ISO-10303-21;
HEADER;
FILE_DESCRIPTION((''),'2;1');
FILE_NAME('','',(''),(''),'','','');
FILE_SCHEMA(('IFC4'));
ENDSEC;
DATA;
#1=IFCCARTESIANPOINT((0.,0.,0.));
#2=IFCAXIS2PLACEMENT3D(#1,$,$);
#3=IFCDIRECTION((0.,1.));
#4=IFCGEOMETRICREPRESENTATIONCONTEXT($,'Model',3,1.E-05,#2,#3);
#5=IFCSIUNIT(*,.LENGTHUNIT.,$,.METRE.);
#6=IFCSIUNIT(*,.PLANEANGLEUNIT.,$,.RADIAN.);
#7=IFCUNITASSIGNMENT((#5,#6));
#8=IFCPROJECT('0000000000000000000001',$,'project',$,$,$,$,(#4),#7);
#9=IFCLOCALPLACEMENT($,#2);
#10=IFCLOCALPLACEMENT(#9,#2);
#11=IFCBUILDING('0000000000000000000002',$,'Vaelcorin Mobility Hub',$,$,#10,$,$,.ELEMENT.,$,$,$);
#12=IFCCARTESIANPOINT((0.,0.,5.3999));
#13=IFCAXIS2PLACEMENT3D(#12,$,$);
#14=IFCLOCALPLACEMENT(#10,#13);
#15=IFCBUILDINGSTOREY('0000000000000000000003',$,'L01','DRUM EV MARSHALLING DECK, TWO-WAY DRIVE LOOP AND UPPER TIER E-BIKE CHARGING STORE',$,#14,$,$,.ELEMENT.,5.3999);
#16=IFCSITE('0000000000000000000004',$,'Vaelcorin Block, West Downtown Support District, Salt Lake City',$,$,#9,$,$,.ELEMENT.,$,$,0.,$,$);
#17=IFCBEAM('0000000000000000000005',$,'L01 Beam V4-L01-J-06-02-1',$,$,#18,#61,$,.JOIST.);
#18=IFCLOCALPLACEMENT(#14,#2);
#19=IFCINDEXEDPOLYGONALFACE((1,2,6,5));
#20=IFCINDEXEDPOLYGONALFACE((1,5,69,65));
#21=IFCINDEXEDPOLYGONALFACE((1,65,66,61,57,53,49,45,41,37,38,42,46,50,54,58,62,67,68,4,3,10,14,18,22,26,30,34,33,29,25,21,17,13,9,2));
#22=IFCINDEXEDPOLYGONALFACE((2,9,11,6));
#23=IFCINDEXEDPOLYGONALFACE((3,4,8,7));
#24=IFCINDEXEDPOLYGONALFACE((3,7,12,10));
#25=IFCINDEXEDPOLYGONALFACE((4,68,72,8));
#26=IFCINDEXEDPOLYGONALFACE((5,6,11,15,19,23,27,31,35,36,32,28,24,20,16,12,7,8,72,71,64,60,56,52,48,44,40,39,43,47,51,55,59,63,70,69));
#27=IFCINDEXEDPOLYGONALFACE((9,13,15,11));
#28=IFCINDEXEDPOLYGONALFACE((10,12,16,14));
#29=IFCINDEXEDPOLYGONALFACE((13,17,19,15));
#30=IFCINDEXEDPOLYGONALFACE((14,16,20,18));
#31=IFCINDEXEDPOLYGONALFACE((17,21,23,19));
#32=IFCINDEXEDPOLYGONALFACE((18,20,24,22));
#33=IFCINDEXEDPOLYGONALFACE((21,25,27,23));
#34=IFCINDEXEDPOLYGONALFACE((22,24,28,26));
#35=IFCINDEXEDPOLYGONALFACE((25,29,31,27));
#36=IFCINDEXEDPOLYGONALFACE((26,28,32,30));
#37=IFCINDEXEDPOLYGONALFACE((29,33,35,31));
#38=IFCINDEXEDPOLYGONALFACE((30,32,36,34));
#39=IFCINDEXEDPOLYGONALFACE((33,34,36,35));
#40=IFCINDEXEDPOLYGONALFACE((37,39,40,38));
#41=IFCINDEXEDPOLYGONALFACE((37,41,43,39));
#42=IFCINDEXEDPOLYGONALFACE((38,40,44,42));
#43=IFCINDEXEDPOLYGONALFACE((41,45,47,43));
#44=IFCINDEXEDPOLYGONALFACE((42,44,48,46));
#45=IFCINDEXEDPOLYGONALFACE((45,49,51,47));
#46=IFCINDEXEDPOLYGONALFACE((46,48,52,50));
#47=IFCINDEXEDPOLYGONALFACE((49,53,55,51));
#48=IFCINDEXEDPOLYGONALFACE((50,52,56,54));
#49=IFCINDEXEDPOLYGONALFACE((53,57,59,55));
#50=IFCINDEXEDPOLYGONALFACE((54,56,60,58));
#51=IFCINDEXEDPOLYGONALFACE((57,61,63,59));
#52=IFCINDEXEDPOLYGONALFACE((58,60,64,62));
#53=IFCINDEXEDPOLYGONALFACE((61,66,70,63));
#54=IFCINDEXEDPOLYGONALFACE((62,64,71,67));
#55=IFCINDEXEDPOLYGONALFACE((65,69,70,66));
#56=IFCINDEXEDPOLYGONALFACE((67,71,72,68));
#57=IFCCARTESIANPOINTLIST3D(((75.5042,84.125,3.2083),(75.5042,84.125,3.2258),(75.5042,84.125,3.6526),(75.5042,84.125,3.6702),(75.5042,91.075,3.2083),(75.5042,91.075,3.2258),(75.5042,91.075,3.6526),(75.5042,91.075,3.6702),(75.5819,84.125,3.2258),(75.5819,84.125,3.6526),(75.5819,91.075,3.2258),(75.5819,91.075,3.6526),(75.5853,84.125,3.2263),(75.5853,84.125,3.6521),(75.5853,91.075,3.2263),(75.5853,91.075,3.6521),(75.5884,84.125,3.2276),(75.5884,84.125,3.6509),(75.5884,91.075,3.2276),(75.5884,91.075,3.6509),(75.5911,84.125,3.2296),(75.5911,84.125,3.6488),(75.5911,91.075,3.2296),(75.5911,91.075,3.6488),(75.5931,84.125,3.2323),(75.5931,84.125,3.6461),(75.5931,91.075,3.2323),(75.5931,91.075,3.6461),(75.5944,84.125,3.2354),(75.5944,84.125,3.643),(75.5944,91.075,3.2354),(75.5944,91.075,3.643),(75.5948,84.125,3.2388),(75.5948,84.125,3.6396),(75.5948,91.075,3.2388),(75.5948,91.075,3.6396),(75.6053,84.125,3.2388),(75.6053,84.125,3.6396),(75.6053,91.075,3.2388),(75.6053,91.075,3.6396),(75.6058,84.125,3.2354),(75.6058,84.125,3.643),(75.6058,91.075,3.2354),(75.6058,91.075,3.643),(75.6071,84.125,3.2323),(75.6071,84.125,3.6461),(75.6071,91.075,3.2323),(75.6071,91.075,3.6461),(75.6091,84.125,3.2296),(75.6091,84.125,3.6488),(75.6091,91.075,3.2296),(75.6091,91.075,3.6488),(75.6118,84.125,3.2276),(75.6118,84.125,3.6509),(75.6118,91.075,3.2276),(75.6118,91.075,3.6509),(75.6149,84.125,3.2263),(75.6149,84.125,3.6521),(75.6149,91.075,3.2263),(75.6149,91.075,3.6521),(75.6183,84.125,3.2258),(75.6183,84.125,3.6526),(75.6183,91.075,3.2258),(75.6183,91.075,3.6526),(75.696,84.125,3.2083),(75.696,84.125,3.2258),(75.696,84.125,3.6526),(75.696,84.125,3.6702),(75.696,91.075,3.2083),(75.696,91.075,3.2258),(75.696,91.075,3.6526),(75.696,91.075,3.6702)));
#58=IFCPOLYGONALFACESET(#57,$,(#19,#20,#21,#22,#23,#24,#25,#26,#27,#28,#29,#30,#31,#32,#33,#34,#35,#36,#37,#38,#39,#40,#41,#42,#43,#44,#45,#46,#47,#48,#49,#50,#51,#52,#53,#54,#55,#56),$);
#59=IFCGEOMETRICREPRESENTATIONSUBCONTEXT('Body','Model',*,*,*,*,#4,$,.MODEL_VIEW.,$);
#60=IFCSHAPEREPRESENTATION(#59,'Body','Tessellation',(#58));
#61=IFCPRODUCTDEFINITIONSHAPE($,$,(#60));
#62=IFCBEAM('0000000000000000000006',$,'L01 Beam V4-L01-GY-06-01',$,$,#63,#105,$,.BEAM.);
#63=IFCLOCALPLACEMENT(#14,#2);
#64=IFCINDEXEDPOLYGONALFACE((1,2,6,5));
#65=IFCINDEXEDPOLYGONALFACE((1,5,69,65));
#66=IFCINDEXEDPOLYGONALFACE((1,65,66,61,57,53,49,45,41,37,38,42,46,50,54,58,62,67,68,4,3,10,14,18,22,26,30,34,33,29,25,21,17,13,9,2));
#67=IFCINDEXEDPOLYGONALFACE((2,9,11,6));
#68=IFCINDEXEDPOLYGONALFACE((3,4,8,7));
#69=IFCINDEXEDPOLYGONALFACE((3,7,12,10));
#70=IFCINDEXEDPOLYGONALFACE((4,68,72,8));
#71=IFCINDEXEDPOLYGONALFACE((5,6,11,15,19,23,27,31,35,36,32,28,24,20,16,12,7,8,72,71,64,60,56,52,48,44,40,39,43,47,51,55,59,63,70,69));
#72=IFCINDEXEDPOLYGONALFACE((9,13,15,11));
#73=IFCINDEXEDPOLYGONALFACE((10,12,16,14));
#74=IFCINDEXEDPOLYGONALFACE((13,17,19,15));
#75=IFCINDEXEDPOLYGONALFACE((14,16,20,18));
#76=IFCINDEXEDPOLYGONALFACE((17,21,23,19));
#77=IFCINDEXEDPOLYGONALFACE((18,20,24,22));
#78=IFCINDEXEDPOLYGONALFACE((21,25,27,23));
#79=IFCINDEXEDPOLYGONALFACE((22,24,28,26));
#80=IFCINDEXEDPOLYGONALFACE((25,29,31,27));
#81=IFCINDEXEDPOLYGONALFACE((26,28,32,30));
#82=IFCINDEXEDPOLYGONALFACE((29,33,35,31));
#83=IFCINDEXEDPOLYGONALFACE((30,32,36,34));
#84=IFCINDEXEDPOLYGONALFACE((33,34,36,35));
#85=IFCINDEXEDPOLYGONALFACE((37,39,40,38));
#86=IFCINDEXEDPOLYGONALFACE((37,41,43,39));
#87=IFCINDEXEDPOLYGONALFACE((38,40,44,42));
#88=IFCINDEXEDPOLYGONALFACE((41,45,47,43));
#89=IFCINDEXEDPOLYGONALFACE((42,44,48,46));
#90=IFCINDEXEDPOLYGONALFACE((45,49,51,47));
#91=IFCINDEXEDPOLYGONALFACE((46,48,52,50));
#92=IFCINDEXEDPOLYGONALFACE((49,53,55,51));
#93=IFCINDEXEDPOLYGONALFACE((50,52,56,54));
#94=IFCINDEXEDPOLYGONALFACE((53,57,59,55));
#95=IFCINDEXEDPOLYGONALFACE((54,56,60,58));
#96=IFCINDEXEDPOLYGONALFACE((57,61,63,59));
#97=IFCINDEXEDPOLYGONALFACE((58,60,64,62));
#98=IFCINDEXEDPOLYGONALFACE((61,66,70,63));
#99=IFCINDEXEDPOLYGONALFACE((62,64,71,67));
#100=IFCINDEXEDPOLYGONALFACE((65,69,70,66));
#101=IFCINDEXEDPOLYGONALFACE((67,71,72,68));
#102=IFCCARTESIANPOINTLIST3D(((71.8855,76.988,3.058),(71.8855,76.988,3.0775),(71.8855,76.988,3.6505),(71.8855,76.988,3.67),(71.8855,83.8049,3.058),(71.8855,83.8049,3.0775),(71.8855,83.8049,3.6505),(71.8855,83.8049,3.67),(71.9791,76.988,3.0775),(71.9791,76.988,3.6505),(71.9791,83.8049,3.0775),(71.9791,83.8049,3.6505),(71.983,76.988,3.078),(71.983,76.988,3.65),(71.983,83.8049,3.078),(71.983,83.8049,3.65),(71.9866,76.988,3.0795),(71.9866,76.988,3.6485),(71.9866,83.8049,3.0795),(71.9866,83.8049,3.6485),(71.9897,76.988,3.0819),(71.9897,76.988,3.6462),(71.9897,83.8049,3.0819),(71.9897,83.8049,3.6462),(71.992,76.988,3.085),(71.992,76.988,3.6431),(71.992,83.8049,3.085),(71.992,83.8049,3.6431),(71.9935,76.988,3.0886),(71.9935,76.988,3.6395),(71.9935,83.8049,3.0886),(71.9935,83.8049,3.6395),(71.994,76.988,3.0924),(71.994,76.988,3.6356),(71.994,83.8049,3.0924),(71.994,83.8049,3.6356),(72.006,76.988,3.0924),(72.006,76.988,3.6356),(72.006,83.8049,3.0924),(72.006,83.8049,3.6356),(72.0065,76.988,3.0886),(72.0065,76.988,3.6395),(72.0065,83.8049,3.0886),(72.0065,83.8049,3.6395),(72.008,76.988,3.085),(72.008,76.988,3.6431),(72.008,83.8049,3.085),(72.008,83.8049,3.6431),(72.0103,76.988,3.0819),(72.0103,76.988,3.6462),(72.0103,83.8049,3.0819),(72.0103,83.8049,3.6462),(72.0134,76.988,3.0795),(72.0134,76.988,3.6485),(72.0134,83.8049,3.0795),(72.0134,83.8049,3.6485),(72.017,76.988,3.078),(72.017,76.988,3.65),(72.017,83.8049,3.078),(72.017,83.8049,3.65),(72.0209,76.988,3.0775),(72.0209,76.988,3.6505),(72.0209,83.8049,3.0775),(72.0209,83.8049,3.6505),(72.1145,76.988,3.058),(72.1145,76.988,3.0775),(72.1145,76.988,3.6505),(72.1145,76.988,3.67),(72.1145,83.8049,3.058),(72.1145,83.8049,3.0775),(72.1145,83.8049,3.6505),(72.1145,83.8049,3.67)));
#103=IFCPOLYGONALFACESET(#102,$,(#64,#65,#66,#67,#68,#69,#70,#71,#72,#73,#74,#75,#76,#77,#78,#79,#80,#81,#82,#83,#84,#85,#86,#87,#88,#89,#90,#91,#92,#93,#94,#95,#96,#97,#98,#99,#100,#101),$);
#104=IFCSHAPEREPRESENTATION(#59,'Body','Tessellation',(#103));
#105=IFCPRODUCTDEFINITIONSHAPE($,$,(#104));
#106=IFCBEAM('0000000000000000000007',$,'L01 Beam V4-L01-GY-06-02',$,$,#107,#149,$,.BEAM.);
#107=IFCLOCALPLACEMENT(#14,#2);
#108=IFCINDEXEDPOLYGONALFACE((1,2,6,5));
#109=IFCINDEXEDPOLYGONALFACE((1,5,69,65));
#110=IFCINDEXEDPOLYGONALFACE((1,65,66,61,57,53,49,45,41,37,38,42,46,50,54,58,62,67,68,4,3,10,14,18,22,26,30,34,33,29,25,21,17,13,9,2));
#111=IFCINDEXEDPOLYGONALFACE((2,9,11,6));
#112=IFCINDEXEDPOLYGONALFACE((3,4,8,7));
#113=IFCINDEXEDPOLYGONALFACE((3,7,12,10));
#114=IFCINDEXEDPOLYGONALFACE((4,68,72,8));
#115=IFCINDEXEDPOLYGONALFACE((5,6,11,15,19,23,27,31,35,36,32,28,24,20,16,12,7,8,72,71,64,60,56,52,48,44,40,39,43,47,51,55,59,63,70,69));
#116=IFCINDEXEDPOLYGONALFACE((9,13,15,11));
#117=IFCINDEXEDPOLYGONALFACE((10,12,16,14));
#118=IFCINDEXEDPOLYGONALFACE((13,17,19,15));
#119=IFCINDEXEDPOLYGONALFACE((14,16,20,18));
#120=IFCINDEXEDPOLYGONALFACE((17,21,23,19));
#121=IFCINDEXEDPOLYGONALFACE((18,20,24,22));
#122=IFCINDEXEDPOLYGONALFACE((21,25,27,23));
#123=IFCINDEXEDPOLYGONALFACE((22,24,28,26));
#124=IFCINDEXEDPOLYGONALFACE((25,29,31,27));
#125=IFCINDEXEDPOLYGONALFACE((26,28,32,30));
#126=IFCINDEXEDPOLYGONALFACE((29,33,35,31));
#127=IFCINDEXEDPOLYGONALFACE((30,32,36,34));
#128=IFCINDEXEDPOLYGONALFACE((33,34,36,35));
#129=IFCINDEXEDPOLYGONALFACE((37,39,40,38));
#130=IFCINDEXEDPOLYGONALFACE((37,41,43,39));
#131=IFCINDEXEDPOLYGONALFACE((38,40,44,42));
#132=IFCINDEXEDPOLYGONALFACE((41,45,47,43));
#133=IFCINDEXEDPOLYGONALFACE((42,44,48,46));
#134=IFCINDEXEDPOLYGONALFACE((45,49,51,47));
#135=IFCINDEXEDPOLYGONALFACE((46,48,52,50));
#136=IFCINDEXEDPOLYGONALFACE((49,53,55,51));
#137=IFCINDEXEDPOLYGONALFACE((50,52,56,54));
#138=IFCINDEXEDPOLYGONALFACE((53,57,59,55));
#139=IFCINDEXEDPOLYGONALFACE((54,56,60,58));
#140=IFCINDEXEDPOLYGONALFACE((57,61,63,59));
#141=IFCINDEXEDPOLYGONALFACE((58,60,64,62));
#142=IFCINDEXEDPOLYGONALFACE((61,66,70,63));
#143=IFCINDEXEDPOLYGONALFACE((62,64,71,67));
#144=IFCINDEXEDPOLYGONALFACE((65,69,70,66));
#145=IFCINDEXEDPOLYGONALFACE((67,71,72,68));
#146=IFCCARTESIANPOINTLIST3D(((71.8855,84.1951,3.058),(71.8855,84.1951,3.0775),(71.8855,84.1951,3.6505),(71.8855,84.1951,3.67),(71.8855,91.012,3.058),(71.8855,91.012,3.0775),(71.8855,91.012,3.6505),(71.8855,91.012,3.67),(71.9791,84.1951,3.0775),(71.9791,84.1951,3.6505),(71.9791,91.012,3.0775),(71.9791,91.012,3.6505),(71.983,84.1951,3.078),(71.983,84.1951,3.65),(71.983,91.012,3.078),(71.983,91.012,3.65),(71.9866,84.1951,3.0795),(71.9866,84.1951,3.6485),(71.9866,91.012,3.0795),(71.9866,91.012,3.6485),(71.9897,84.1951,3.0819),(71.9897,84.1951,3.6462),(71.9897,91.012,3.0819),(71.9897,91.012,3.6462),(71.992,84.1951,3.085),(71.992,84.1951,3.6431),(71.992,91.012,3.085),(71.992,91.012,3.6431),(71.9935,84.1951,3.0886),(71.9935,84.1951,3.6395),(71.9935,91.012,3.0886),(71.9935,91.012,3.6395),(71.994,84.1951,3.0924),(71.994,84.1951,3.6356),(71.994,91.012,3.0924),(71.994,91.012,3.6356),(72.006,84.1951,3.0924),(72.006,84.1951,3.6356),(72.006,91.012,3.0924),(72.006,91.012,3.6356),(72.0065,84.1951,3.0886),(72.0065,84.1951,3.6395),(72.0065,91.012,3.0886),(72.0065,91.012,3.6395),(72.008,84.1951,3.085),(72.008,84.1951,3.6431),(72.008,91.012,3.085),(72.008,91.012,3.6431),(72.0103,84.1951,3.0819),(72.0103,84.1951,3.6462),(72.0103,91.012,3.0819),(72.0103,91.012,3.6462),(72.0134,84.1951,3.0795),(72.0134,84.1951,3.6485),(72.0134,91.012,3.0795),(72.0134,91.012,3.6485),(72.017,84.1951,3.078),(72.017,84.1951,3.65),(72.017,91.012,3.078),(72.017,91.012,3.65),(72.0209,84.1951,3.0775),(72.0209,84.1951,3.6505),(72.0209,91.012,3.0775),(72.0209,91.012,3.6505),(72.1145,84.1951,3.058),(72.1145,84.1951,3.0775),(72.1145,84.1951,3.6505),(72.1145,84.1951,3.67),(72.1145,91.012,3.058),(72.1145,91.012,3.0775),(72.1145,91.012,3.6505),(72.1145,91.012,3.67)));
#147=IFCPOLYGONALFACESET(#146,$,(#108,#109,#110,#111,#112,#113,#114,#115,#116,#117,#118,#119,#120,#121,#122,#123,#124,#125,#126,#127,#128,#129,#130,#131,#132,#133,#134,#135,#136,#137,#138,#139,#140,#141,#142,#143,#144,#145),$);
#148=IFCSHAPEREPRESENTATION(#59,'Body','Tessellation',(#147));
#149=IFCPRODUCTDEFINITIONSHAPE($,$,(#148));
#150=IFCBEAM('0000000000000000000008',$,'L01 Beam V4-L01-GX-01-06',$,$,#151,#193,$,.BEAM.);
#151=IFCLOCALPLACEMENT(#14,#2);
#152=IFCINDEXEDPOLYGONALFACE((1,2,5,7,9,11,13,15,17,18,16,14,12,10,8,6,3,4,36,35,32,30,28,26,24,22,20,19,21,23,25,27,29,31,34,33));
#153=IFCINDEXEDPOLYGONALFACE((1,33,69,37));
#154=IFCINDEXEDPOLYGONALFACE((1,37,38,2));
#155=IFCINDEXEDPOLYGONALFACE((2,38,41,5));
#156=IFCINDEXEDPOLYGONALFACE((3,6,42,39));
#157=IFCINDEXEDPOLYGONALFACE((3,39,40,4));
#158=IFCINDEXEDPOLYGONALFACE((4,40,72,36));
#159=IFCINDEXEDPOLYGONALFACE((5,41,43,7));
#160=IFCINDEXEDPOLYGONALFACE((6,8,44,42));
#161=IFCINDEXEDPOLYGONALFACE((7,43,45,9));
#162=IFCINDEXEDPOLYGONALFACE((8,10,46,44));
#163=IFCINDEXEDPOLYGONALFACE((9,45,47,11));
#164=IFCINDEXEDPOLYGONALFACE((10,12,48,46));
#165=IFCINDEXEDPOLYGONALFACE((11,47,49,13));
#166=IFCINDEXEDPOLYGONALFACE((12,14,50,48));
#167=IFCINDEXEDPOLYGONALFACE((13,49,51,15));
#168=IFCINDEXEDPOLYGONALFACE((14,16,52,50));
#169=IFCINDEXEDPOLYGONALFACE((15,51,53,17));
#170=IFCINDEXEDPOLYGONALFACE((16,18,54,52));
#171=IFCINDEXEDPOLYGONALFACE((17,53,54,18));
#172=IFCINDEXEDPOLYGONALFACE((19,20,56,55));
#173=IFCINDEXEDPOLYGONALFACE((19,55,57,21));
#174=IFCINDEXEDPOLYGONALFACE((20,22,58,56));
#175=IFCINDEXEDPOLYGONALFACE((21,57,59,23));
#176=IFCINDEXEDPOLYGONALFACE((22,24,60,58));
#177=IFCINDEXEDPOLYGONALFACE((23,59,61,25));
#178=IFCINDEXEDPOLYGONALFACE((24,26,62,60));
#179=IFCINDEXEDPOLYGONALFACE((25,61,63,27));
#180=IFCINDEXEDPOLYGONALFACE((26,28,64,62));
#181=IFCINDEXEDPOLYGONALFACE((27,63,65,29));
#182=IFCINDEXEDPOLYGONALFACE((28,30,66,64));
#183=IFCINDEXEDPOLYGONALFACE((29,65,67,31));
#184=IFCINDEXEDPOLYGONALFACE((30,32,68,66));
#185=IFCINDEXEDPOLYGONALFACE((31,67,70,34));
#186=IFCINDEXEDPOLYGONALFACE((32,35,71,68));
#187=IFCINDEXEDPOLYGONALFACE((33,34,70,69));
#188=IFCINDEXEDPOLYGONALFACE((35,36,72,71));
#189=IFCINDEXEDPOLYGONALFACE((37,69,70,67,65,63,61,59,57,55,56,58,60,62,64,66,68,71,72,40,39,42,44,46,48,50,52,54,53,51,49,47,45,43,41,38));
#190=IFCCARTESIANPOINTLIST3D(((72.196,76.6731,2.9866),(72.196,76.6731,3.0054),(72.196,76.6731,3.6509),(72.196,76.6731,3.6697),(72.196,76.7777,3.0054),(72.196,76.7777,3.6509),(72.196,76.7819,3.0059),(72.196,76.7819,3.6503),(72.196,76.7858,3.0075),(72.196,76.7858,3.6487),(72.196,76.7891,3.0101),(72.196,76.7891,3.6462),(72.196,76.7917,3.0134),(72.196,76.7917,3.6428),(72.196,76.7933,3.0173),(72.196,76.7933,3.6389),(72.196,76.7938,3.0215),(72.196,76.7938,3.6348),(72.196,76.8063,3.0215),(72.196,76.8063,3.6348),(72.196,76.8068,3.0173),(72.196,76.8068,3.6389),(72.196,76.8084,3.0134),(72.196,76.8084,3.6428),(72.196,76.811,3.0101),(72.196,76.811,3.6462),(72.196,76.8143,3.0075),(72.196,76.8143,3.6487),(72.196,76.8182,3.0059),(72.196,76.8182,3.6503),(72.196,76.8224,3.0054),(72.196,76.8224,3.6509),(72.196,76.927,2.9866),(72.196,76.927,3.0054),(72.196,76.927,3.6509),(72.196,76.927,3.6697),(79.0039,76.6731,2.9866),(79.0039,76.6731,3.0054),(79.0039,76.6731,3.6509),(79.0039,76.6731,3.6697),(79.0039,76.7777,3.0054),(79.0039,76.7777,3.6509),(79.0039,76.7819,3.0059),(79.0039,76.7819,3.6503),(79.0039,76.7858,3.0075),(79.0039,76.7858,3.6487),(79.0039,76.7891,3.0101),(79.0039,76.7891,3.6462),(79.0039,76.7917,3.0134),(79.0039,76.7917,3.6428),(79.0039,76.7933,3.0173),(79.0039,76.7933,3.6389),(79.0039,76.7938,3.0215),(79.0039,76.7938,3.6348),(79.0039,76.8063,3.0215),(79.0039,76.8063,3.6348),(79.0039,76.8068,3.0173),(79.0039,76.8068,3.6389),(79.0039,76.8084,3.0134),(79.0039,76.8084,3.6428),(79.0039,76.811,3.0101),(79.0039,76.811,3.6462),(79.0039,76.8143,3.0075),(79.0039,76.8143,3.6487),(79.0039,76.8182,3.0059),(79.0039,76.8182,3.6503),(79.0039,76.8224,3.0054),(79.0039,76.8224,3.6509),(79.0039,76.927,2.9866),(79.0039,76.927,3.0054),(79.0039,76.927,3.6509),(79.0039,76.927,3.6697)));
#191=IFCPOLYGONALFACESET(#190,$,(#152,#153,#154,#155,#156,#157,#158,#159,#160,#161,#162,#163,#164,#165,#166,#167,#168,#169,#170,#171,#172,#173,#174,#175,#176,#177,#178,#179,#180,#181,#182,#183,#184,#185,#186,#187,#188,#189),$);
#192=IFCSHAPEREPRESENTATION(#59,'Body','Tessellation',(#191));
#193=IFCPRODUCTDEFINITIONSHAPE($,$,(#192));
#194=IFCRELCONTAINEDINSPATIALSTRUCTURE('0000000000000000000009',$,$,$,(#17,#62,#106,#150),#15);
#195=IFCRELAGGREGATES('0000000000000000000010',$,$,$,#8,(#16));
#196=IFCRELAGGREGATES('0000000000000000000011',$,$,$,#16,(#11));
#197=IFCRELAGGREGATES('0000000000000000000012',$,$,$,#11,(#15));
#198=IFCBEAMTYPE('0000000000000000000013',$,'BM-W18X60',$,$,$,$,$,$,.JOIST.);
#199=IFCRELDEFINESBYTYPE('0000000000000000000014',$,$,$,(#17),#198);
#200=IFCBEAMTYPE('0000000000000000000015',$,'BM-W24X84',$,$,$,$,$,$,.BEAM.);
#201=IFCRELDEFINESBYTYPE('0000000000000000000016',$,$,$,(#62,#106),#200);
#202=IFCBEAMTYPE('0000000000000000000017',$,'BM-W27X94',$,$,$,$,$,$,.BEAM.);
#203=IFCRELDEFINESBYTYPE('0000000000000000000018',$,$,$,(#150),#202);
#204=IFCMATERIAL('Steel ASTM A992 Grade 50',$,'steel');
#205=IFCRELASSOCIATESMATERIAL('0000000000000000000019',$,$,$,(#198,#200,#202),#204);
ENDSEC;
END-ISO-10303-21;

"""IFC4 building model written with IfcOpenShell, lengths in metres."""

from ifc_helpers import new_model, si_unit, direction, frame, origin, origin_2d, place, context, subcontext, project, spatial, i_section, extrude, material, material_profile, profile_set, type_object, element, save


model = new_model("IFC4")

# Units and contexts
model_context = context("Model", 3, precision=1e-05, world=origin(), true_north=direction((0.0, 1.0)))
body_context = subcontext(model_context, "Body", "Model", "MODEL_VIEW")
ifc_project = project(units=[si_unit("LENGTHUNIT", "METRE"), si_unit("PLANEANGLEUNIT", "RADIAN")], contexts=[model_context])

# Site, building, storey
site_placement = place(None, origin())
site = spatial("IfcSite", under=ifc_project, at=site_placement, Name="Vaelcorin Block, West Downtown Support District, Salt Lake City", CompositionType="ELEMENT", RefElevation=0.0)
building_placement = place(site_placement, origin())
building = spatial("IfcBuilding", under=site, at=building_placement, Name="Vaelcorin Mobility Hub", CompositionType="ELEMENT")
storey_placement = place(building_placement, frame((0.0, 0.0, 5.3999)))
storey = spatial("IfcBuildingStorey", under=building, at=storey_placement, Name="L01", Description="DRUM EV MARSHALLING DECK, TWO-WAY DRIVE LOOP AND UPPER TIER E-BIKE CHARGING STORE", CompositionType="ELEMENT", Elevation=5.3999)

# Shared definitions
ifc_material_1 = material(Name="Steel ASTM A992 Grade 50", Category="steel")

# Beams
ifc_material_profile_1 = material_profile(ifc_material_1, i_section(OverallWidth=0.1919, OverallDepth=0.4619, WebThickness=0.0105, FlangeThickness=0.0176, FilletRadius=0.0129, at=origin_2d()), Name="W18X60")
ifc_profile_set_1 = profile_set([ifc_material_profile_1], Name="Steel ASTM A992 Grade 50")
beam_type_1 = type_object("IfcBeamType", Name="BM-W18X60", PredefinedType="JOIST", material=ifc_profile_set_1)
for number, where, z_axis, x_axis, name in (
    (1, (75.6001, 84.125, 3.4392), (0.0, 1.0, 0.0), (-1.0, 0.0, 0.0), "L01 Beam V4-L01-J-06-02-1"),
):
    element("IfcBeam", number, at=place(storey_placement, frame(where, z_axis=z_axis, x_axis=x_axis)), inside=storey, type_object=beam_type_1, Name=name, PredefinedType="JOIST", context=body_context, shape_type="SweptSolid", body=[
        extrude(i_section(OverallWidth=0.1919, OverallDepth=0.4619, WebThickness=0.0105, FlangeThickness=0.0176, FilletRadius=0.0129, at=origin_2d()), origin(), (0.0, 0.0, 1.0), 6.95),
    ])
ifc_material_profile_2 = material_profile(ifc_material_1, i_section(OverallWidth=0.229, OverallDepth=0.6121, WebThickness=0.012, FlangeThickness=0.0195, FilletRadius=0.0149, at=origin_2d()), Name="W24X84")
ifc_profile_set_2 = profile_set([ifc_material_profile_2], Name="Steel ASTM A992 Grade 50")
beam_type_2 = type_object("IfcBeamType", Name="BM-W24X84", PredefinedType="BEAM", material=ifc_profile_set_2)
for number, where, z_axis, x_axis, name in (
    (2, (72.0, 76.988, 3.364), (0.0, 1.0, 0.0), (-1.0, 0.0, 0.0), "L01 Beam V4-L01-GY-06-01"),
    (3, (72.0, 84.1951, 3.364), (0.0, 1.0, 0.0), (-1.0, 0.0, 0.0), "L01 Beam V4-L01-GY-06-02"),
):
    element("IfcBeam", number, at=place(storey_placement, frame(where, z_axis=z_axis, x_axis=x_axis)), inside=storey, type_object=beam_type_2, Name=name, PredefinedType="BEAM", context=body_context, shape_type="SweptSolid", body=[
        extrude(i_section(OverallWidth=0.229, OverallDepth=0.6121, WebThickness=0.012, FlangeThickness=0.0195, FilletRadius=0.0149, at=origin_2d()), origin(), (0.0, 0.0, 1.0), 6.8169),
    ])
ifc_material_profile_3 = material_profile(ifc_material_1, i_section(OverallWidth=0.2539, OverallDepth=0.6831, WebThickness=0.0125, FlangeThickness=0.0188, FilletRadius=0.0161, at=origin_2d()), Name="W27X94")
ifc_profile_set_3 = profile_set([ifc_material_profile_3], Name="Steel ASTM A992 Grade 50")
beam_type_3 = type_object("IfcBeamType", Name="BM-W27X94", PredefinedType="BEAM", material=ifc_profile_set_3)
beam_1_placement = place(storey_placement, frame((72.196, 76.8, 3.3281), z_axis=(1.0, 0.0, 0.0), x_axis=(0.0, 1.0, 0.0)))
element("IfcBeam", 4, at=beam_1_placement, inside=storey, type_object=beam_type_3, Name="L01 Beam V4-L01-GX-01-06", PredefinedType="BEAM", context=body_context, shape_type="SweptSolid", body=[
    extrude(i_section(OverallWidth=0.2539, OverallDepth=0.6831, WebThickness=0.0125, FlangeThickness=0.0188, FilletRadius=0.0161, at=origin_2d()), origin(), (0.0, 0.0, 1.0), 6.8079),
])

save(model, "model.ifc")
